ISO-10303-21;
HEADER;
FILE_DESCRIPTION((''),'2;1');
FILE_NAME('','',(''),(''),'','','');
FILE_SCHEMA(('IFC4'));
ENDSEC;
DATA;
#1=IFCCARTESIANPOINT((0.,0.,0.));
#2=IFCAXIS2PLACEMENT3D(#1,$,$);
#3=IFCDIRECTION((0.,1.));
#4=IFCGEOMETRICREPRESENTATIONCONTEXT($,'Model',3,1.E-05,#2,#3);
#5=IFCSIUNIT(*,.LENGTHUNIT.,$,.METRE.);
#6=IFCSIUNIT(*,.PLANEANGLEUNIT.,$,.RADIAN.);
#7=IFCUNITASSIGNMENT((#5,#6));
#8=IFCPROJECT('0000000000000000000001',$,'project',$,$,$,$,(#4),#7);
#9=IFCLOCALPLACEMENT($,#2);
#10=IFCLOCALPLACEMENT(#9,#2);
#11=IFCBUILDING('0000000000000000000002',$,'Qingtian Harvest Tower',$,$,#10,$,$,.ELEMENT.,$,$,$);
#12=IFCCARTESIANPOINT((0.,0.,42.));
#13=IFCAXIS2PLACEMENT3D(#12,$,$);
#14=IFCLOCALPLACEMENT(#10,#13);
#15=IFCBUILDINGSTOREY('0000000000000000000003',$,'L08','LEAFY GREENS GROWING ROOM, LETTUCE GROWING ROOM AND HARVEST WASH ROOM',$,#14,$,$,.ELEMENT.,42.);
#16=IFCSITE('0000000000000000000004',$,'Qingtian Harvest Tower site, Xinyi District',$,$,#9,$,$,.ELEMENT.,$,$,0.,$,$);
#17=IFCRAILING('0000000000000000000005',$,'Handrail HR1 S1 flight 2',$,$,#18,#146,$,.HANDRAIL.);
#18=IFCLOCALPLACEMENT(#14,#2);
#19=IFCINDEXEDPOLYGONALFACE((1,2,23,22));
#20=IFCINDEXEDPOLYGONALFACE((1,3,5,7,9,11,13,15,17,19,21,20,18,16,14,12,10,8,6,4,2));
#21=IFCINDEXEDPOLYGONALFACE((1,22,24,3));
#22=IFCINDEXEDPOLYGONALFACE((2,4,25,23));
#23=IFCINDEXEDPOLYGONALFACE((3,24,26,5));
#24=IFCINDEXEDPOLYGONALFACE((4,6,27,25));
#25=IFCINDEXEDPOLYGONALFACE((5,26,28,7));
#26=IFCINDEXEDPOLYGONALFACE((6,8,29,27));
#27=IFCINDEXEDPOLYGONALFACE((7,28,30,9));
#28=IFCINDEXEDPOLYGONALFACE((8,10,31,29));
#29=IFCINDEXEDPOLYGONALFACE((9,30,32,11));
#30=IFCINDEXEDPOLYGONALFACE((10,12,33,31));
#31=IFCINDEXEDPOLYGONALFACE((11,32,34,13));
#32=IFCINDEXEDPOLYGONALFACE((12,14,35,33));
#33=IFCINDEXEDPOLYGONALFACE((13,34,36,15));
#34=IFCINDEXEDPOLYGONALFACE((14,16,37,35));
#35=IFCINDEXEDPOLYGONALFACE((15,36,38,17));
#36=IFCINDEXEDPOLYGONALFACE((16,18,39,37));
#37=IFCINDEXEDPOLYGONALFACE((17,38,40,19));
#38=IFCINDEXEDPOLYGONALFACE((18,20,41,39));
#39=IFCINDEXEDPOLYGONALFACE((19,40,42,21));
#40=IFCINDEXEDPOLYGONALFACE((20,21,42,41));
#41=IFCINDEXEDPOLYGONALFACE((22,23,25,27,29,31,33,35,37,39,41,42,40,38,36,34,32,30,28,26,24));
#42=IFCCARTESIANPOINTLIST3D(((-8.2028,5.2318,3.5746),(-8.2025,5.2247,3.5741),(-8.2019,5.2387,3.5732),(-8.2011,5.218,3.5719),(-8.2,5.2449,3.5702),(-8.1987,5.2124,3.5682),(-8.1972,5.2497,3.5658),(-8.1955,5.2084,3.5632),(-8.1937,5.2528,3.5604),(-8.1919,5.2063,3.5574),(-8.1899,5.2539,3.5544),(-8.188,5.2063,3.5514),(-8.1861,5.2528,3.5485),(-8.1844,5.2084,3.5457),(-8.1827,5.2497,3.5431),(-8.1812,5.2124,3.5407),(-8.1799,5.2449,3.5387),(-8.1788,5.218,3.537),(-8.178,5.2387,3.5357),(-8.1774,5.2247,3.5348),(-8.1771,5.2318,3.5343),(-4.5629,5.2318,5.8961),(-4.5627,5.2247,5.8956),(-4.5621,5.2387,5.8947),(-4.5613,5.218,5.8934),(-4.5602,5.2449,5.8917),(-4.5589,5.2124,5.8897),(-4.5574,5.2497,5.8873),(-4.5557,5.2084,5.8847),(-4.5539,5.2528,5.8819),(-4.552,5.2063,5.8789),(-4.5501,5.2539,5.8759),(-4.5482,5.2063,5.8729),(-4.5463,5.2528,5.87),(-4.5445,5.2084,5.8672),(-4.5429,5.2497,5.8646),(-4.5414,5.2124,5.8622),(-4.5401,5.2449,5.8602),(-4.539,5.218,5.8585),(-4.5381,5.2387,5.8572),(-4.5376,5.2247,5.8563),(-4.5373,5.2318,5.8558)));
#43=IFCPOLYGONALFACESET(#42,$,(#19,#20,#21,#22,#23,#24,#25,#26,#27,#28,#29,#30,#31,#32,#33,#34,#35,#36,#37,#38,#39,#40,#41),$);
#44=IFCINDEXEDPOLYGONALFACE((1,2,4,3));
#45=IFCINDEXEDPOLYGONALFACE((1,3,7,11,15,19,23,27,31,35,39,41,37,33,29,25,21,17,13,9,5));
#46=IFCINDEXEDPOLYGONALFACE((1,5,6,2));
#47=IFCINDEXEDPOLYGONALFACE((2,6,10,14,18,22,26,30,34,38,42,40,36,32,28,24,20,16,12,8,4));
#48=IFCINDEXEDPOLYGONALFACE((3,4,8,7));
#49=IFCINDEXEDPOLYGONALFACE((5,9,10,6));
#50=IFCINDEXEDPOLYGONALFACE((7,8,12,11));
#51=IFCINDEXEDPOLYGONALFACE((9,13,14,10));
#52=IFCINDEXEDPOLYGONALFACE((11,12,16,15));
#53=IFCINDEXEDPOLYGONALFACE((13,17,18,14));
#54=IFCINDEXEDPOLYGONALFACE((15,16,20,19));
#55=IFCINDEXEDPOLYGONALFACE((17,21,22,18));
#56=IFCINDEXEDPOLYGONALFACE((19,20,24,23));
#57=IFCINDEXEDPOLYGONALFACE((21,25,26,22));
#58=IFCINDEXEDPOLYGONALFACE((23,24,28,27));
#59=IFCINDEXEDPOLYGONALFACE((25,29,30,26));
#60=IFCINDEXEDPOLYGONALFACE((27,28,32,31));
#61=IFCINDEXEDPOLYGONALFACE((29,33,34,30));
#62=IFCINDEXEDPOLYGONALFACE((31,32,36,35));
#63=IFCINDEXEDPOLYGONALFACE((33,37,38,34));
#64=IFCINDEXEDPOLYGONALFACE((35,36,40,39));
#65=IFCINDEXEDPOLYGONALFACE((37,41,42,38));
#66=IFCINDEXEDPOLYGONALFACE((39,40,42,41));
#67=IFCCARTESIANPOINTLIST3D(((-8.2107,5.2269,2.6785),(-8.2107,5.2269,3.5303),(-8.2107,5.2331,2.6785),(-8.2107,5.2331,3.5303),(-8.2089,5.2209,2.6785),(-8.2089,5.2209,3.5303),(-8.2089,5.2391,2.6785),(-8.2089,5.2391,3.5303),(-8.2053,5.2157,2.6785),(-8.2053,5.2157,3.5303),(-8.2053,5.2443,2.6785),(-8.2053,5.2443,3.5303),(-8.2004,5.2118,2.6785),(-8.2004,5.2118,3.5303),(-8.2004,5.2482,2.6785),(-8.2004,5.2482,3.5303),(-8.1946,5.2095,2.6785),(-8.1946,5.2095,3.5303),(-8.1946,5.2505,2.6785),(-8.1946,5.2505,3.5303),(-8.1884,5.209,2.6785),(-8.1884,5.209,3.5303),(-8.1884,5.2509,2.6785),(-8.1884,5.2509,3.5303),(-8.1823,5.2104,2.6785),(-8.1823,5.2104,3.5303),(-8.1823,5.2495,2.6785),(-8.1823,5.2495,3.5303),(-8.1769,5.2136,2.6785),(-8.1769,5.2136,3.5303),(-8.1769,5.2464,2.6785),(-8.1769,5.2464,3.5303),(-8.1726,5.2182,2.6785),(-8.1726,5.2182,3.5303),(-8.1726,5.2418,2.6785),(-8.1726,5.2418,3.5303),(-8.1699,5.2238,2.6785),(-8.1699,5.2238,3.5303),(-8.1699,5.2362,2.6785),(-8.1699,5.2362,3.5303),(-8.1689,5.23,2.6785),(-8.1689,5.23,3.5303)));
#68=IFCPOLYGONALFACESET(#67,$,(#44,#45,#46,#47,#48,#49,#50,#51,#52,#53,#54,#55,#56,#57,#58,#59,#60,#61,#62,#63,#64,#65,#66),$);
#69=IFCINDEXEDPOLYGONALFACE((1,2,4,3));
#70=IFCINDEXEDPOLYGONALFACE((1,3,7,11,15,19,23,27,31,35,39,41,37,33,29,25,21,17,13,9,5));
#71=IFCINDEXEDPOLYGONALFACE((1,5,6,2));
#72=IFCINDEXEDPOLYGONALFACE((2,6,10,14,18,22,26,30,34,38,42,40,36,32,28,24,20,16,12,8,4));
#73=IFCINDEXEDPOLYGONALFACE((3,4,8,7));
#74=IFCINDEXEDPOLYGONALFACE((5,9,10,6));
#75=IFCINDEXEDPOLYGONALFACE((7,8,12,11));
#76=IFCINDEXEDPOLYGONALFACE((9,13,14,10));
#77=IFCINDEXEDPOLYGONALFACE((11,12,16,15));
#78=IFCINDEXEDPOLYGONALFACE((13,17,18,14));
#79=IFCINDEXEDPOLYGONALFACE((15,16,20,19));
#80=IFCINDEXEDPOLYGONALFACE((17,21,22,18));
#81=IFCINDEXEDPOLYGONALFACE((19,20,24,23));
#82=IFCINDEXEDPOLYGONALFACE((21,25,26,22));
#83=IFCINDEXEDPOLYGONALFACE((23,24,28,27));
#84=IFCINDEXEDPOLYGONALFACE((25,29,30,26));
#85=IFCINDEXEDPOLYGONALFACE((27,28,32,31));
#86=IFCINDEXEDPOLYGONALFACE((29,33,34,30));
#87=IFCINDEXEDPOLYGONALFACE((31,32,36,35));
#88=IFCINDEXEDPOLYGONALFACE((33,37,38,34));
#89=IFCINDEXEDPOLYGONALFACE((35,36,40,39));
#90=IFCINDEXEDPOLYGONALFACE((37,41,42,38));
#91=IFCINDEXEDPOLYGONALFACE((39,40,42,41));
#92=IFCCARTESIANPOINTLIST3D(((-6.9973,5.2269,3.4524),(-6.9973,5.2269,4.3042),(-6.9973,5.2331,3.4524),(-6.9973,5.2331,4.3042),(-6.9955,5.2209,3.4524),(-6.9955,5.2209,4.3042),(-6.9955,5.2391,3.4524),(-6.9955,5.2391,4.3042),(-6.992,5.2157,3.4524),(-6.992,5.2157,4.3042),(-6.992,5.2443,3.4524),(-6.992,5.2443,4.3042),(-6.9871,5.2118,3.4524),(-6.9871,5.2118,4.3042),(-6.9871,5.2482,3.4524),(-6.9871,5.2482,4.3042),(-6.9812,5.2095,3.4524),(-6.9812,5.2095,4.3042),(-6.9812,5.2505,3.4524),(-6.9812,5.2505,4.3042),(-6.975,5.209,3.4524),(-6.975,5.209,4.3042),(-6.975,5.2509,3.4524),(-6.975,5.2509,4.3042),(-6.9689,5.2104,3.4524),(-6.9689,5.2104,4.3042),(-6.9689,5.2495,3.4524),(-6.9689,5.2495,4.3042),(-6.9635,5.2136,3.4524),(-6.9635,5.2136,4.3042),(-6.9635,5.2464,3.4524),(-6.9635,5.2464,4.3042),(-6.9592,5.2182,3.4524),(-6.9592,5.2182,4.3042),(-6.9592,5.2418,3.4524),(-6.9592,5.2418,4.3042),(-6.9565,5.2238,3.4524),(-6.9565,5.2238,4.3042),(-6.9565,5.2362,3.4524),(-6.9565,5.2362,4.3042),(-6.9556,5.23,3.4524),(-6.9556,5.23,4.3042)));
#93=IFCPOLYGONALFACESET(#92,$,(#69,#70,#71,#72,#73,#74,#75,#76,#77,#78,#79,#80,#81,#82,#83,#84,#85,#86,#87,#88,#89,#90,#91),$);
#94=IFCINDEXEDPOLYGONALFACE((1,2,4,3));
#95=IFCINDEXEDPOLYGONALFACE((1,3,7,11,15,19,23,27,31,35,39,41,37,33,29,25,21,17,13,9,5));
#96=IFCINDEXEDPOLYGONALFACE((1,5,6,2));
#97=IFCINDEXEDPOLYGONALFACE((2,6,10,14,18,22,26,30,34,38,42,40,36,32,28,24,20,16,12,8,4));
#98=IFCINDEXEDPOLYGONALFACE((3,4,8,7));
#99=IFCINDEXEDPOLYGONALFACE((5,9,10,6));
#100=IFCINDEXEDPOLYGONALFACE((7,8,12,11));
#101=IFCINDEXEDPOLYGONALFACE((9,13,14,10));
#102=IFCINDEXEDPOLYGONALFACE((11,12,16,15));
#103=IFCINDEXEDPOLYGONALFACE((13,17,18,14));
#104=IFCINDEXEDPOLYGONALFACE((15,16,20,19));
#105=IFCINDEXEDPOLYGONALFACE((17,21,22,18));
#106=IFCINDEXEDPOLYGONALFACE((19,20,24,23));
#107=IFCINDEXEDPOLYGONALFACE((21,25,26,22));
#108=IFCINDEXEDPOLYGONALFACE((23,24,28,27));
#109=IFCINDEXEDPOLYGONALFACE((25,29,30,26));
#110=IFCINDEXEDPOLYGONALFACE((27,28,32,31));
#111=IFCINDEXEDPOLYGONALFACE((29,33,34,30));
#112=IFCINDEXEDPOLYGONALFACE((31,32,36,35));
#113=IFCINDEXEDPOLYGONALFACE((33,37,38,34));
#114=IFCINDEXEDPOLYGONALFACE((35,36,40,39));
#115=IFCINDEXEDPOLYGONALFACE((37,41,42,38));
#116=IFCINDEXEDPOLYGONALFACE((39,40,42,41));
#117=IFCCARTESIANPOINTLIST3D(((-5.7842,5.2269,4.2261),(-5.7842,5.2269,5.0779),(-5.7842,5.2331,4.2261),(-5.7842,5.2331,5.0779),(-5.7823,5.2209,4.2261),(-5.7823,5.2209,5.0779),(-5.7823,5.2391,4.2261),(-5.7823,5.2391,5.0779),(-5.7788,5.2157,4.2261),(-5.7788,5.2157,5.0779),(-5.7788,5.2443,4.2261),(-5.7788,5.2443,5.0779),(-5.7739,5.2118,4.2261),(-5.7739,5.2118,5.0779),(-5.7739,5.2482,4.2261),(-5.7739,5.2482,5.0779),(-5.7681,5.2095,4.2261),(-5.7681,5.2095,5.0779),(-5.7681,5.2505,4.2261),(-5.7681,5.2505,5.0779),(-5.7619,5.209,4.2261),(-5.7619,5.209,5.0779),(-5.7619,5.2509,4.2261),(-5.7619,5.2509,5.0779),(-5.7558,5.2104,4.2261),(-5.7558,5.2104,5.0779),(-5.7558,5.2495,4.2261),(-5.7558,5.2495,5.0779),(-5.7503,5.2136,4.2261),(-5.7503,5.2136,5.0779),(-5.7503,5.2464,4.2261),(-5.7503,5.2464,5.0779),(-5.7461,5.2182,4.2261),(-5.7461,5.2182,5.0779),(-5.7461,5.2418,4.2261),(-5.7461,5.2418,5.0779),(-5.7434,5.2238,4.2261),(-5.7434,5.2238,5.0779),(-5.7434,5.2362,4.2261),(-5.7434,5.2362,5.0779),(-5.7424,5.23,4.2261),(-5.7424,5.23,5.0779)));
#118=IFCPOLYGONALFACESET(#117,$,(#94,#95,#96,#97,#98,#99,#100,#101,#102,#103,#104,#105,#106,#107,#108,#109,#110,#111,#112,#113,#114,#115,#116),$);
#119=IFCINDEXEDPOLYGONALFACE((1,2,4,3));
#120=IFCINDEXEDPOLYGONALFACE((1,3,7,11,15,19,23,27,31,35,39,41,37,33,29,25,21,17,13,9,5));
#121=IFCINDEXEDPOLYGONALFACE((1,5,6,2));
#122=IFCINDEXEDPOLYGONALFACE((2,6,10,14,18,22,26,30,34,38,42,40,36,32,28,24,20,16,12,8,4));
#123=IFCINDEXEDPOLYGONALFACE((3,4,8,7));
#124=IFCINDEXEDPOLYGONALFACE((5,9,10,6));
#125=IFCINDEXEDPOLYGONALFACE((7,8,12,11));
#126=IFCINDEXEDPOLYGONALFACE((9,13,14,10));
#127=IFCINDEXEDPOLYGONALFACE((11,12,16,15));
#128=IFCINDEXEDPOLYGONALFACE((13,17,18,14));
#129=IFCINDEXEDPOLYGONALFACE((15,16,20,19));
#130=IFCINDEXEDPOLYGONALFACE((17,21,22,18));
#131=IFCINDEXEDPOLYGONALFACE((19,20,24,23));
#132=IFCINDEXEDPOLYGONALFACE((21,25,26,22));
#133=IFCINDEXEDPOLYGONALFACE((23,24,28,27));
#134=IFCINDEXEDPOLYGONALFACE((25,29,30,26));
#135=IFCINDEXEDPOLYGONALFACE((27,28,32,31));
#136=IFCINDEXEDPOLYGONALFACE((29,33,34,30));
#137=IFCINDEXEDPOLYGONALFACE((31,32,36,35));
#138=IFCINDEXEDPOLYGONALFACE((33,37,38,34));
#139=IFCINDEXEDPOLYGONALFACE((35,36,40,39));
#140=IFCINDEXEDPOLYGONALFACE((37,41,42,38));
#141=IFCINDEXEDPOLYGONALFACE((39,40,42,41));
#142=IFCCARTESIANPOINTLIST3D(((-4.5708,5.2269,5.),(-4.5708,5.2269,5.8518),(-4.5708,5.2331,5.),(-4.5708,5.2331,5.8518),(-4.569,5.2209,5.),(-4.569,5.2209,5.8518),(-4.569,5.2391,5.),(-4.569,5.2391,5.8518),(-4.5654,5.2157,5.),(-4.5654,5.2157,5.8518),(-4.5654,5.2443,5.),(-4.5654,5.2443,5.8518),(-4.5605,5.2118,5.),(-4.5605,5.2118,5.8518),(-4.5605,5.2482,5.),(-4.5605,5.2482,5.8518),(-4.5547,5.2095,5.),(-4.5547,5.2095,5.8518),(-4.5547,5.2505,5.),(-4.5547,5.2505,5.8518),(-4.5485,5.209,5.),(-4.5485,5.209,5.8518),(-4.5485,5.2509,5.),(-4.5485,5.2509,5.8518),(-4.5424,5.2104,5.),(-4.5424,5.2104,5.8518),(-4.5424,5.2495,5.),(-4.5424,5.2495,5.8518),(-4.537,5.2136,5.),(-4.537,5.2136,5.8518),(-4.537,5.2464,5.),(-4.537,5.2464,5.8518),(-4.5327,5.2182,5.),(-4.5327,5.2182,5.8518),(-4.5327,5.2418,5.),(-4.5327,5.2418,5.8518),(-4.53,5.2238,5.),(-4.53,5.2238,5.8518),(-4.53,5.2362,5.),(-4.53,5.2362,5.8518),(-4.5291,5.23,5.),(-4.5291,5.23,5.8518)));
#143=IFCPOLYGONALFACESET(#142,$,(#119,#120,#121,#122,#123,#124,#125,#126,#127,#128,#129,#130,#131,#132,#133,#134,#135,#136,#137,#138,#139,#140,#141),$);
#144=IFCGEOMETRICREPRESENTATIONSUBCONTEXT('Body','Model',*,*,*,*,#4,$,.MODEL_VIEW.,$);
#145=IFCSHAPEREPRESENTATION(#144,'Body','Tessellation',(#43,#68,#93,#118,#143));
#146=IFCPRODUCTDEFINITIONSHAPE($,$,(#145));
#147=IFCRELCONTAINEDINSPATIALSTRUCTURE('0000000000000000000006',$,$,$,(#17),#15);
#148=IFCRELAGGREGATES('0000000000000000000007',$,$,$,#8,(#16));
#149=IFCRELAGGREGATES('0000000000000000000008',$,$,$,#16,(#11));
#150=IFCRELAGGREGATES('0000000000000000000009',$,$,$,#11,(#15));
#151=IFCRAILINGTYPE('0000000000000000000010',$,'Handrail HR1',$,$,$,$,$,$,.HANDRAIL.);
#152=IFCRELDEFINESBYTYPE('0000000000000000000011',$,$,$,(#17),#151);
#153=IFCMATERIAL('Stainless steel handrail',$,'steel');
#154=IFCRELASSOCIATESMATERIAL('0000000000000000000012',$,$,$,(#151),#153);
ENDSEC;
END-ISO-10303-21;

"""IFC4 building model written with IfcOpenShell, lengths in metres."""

from ifc_helpers import new_model, si_unit, direction, frame, origin, origin_2d, place, context, subcontext, project, spatial, circle, extrude, material, type_object, element, save


model = new_model("IFC4")

# Units and contexts
model_context = context("Model", 3, precision=1e-05, world=origin(), true_north=direction((0.0, 1.0)))
body_context = subcontext(model_context, "Body", "Model", "MODEL_VIEW")
ifc_project = project(units=[si_unit("LENGTHUNIT", "METRE"), si_unit("PLANEANGLEUNIT", "RADIAN")], contexts=[model_context])

# Site, building, storey
site_placement = place(None, origin())
site = spatial("IfcSite", under=ifc_project, at=site_placement, Name="Qingtian Harvest Tower site, Xinyi District", CompositionType="ELEMENT", RefElevation=0.0)
building_placement = place(site_placement, origin())
building = spatial("IfcBuilding", under=site, at=building_placement, Name="Qingtian Harvest Tower", CompositionType="ELEMENT")
storey_placement = place(building_placement, frame((0.0, 0.0, 42.0)))
storey = spatial("IfcBuildingStorey", under=building, at=storey_placement, Name="L08", Description="LEAFY GREENS GROWING ROOM, LETTUCE GROWING ROOM AND HARVEST WASH ROOM", CompositionType="ELEMENT", Elevation=42.0)

# Railing
ifc_material_1 = material(Name="Stainless steel handrail", Category="steel")
railing_type = type_object("IfcRailingType", Name="Handrail HR1", PredefinedType="HANDRAIL", material=ifc_material_1)
railing_1_placement = place(storey_placement, frame((-8.1899, 5.23, 2.6785)))
element("IfcRailing", 1, at=railing_1_placement, inside=storey, type_object=railing_type, Name="Handrail HR1 S1 flight 2", PredefinedType="HANDRAIL", context=body_context, shape_type="SweptSolid", body=[
    extrude(circle(Radius=0.0239, at=origin_2d()), frame((0.0, 0.0, 0.876), z_axis=(0.843112, 0.0, 0.537739), x_axis=(0.0, 1.0, 0.0)), (0.0, 0.0, 1.0), 4.3171),
    extrude(circle(Radius=0.021, at=origin_2d()), origin(), (0.0, 0.0, 1.0), 0.8518),
    extrude(circle(Radius=0.021, at=origin_2d()), frame((1.2134, 0.0, 0.7739)), (0.0, 0.0, 1.0), 0.8518),
    extrude(circle(Radius=0.021, at=origin_2d()), frame((2.4265, 0.0, 1.5476)), (0.0, 0.0, 1.0), 0.8518),
    extrude(circle(Radius=0.021, at=origin_2d()), frame((3.6399, 0.0, 2.3215)), (0.0, 0.0, 1.0), 0.8518),
])

save(model, "model.ifc")
